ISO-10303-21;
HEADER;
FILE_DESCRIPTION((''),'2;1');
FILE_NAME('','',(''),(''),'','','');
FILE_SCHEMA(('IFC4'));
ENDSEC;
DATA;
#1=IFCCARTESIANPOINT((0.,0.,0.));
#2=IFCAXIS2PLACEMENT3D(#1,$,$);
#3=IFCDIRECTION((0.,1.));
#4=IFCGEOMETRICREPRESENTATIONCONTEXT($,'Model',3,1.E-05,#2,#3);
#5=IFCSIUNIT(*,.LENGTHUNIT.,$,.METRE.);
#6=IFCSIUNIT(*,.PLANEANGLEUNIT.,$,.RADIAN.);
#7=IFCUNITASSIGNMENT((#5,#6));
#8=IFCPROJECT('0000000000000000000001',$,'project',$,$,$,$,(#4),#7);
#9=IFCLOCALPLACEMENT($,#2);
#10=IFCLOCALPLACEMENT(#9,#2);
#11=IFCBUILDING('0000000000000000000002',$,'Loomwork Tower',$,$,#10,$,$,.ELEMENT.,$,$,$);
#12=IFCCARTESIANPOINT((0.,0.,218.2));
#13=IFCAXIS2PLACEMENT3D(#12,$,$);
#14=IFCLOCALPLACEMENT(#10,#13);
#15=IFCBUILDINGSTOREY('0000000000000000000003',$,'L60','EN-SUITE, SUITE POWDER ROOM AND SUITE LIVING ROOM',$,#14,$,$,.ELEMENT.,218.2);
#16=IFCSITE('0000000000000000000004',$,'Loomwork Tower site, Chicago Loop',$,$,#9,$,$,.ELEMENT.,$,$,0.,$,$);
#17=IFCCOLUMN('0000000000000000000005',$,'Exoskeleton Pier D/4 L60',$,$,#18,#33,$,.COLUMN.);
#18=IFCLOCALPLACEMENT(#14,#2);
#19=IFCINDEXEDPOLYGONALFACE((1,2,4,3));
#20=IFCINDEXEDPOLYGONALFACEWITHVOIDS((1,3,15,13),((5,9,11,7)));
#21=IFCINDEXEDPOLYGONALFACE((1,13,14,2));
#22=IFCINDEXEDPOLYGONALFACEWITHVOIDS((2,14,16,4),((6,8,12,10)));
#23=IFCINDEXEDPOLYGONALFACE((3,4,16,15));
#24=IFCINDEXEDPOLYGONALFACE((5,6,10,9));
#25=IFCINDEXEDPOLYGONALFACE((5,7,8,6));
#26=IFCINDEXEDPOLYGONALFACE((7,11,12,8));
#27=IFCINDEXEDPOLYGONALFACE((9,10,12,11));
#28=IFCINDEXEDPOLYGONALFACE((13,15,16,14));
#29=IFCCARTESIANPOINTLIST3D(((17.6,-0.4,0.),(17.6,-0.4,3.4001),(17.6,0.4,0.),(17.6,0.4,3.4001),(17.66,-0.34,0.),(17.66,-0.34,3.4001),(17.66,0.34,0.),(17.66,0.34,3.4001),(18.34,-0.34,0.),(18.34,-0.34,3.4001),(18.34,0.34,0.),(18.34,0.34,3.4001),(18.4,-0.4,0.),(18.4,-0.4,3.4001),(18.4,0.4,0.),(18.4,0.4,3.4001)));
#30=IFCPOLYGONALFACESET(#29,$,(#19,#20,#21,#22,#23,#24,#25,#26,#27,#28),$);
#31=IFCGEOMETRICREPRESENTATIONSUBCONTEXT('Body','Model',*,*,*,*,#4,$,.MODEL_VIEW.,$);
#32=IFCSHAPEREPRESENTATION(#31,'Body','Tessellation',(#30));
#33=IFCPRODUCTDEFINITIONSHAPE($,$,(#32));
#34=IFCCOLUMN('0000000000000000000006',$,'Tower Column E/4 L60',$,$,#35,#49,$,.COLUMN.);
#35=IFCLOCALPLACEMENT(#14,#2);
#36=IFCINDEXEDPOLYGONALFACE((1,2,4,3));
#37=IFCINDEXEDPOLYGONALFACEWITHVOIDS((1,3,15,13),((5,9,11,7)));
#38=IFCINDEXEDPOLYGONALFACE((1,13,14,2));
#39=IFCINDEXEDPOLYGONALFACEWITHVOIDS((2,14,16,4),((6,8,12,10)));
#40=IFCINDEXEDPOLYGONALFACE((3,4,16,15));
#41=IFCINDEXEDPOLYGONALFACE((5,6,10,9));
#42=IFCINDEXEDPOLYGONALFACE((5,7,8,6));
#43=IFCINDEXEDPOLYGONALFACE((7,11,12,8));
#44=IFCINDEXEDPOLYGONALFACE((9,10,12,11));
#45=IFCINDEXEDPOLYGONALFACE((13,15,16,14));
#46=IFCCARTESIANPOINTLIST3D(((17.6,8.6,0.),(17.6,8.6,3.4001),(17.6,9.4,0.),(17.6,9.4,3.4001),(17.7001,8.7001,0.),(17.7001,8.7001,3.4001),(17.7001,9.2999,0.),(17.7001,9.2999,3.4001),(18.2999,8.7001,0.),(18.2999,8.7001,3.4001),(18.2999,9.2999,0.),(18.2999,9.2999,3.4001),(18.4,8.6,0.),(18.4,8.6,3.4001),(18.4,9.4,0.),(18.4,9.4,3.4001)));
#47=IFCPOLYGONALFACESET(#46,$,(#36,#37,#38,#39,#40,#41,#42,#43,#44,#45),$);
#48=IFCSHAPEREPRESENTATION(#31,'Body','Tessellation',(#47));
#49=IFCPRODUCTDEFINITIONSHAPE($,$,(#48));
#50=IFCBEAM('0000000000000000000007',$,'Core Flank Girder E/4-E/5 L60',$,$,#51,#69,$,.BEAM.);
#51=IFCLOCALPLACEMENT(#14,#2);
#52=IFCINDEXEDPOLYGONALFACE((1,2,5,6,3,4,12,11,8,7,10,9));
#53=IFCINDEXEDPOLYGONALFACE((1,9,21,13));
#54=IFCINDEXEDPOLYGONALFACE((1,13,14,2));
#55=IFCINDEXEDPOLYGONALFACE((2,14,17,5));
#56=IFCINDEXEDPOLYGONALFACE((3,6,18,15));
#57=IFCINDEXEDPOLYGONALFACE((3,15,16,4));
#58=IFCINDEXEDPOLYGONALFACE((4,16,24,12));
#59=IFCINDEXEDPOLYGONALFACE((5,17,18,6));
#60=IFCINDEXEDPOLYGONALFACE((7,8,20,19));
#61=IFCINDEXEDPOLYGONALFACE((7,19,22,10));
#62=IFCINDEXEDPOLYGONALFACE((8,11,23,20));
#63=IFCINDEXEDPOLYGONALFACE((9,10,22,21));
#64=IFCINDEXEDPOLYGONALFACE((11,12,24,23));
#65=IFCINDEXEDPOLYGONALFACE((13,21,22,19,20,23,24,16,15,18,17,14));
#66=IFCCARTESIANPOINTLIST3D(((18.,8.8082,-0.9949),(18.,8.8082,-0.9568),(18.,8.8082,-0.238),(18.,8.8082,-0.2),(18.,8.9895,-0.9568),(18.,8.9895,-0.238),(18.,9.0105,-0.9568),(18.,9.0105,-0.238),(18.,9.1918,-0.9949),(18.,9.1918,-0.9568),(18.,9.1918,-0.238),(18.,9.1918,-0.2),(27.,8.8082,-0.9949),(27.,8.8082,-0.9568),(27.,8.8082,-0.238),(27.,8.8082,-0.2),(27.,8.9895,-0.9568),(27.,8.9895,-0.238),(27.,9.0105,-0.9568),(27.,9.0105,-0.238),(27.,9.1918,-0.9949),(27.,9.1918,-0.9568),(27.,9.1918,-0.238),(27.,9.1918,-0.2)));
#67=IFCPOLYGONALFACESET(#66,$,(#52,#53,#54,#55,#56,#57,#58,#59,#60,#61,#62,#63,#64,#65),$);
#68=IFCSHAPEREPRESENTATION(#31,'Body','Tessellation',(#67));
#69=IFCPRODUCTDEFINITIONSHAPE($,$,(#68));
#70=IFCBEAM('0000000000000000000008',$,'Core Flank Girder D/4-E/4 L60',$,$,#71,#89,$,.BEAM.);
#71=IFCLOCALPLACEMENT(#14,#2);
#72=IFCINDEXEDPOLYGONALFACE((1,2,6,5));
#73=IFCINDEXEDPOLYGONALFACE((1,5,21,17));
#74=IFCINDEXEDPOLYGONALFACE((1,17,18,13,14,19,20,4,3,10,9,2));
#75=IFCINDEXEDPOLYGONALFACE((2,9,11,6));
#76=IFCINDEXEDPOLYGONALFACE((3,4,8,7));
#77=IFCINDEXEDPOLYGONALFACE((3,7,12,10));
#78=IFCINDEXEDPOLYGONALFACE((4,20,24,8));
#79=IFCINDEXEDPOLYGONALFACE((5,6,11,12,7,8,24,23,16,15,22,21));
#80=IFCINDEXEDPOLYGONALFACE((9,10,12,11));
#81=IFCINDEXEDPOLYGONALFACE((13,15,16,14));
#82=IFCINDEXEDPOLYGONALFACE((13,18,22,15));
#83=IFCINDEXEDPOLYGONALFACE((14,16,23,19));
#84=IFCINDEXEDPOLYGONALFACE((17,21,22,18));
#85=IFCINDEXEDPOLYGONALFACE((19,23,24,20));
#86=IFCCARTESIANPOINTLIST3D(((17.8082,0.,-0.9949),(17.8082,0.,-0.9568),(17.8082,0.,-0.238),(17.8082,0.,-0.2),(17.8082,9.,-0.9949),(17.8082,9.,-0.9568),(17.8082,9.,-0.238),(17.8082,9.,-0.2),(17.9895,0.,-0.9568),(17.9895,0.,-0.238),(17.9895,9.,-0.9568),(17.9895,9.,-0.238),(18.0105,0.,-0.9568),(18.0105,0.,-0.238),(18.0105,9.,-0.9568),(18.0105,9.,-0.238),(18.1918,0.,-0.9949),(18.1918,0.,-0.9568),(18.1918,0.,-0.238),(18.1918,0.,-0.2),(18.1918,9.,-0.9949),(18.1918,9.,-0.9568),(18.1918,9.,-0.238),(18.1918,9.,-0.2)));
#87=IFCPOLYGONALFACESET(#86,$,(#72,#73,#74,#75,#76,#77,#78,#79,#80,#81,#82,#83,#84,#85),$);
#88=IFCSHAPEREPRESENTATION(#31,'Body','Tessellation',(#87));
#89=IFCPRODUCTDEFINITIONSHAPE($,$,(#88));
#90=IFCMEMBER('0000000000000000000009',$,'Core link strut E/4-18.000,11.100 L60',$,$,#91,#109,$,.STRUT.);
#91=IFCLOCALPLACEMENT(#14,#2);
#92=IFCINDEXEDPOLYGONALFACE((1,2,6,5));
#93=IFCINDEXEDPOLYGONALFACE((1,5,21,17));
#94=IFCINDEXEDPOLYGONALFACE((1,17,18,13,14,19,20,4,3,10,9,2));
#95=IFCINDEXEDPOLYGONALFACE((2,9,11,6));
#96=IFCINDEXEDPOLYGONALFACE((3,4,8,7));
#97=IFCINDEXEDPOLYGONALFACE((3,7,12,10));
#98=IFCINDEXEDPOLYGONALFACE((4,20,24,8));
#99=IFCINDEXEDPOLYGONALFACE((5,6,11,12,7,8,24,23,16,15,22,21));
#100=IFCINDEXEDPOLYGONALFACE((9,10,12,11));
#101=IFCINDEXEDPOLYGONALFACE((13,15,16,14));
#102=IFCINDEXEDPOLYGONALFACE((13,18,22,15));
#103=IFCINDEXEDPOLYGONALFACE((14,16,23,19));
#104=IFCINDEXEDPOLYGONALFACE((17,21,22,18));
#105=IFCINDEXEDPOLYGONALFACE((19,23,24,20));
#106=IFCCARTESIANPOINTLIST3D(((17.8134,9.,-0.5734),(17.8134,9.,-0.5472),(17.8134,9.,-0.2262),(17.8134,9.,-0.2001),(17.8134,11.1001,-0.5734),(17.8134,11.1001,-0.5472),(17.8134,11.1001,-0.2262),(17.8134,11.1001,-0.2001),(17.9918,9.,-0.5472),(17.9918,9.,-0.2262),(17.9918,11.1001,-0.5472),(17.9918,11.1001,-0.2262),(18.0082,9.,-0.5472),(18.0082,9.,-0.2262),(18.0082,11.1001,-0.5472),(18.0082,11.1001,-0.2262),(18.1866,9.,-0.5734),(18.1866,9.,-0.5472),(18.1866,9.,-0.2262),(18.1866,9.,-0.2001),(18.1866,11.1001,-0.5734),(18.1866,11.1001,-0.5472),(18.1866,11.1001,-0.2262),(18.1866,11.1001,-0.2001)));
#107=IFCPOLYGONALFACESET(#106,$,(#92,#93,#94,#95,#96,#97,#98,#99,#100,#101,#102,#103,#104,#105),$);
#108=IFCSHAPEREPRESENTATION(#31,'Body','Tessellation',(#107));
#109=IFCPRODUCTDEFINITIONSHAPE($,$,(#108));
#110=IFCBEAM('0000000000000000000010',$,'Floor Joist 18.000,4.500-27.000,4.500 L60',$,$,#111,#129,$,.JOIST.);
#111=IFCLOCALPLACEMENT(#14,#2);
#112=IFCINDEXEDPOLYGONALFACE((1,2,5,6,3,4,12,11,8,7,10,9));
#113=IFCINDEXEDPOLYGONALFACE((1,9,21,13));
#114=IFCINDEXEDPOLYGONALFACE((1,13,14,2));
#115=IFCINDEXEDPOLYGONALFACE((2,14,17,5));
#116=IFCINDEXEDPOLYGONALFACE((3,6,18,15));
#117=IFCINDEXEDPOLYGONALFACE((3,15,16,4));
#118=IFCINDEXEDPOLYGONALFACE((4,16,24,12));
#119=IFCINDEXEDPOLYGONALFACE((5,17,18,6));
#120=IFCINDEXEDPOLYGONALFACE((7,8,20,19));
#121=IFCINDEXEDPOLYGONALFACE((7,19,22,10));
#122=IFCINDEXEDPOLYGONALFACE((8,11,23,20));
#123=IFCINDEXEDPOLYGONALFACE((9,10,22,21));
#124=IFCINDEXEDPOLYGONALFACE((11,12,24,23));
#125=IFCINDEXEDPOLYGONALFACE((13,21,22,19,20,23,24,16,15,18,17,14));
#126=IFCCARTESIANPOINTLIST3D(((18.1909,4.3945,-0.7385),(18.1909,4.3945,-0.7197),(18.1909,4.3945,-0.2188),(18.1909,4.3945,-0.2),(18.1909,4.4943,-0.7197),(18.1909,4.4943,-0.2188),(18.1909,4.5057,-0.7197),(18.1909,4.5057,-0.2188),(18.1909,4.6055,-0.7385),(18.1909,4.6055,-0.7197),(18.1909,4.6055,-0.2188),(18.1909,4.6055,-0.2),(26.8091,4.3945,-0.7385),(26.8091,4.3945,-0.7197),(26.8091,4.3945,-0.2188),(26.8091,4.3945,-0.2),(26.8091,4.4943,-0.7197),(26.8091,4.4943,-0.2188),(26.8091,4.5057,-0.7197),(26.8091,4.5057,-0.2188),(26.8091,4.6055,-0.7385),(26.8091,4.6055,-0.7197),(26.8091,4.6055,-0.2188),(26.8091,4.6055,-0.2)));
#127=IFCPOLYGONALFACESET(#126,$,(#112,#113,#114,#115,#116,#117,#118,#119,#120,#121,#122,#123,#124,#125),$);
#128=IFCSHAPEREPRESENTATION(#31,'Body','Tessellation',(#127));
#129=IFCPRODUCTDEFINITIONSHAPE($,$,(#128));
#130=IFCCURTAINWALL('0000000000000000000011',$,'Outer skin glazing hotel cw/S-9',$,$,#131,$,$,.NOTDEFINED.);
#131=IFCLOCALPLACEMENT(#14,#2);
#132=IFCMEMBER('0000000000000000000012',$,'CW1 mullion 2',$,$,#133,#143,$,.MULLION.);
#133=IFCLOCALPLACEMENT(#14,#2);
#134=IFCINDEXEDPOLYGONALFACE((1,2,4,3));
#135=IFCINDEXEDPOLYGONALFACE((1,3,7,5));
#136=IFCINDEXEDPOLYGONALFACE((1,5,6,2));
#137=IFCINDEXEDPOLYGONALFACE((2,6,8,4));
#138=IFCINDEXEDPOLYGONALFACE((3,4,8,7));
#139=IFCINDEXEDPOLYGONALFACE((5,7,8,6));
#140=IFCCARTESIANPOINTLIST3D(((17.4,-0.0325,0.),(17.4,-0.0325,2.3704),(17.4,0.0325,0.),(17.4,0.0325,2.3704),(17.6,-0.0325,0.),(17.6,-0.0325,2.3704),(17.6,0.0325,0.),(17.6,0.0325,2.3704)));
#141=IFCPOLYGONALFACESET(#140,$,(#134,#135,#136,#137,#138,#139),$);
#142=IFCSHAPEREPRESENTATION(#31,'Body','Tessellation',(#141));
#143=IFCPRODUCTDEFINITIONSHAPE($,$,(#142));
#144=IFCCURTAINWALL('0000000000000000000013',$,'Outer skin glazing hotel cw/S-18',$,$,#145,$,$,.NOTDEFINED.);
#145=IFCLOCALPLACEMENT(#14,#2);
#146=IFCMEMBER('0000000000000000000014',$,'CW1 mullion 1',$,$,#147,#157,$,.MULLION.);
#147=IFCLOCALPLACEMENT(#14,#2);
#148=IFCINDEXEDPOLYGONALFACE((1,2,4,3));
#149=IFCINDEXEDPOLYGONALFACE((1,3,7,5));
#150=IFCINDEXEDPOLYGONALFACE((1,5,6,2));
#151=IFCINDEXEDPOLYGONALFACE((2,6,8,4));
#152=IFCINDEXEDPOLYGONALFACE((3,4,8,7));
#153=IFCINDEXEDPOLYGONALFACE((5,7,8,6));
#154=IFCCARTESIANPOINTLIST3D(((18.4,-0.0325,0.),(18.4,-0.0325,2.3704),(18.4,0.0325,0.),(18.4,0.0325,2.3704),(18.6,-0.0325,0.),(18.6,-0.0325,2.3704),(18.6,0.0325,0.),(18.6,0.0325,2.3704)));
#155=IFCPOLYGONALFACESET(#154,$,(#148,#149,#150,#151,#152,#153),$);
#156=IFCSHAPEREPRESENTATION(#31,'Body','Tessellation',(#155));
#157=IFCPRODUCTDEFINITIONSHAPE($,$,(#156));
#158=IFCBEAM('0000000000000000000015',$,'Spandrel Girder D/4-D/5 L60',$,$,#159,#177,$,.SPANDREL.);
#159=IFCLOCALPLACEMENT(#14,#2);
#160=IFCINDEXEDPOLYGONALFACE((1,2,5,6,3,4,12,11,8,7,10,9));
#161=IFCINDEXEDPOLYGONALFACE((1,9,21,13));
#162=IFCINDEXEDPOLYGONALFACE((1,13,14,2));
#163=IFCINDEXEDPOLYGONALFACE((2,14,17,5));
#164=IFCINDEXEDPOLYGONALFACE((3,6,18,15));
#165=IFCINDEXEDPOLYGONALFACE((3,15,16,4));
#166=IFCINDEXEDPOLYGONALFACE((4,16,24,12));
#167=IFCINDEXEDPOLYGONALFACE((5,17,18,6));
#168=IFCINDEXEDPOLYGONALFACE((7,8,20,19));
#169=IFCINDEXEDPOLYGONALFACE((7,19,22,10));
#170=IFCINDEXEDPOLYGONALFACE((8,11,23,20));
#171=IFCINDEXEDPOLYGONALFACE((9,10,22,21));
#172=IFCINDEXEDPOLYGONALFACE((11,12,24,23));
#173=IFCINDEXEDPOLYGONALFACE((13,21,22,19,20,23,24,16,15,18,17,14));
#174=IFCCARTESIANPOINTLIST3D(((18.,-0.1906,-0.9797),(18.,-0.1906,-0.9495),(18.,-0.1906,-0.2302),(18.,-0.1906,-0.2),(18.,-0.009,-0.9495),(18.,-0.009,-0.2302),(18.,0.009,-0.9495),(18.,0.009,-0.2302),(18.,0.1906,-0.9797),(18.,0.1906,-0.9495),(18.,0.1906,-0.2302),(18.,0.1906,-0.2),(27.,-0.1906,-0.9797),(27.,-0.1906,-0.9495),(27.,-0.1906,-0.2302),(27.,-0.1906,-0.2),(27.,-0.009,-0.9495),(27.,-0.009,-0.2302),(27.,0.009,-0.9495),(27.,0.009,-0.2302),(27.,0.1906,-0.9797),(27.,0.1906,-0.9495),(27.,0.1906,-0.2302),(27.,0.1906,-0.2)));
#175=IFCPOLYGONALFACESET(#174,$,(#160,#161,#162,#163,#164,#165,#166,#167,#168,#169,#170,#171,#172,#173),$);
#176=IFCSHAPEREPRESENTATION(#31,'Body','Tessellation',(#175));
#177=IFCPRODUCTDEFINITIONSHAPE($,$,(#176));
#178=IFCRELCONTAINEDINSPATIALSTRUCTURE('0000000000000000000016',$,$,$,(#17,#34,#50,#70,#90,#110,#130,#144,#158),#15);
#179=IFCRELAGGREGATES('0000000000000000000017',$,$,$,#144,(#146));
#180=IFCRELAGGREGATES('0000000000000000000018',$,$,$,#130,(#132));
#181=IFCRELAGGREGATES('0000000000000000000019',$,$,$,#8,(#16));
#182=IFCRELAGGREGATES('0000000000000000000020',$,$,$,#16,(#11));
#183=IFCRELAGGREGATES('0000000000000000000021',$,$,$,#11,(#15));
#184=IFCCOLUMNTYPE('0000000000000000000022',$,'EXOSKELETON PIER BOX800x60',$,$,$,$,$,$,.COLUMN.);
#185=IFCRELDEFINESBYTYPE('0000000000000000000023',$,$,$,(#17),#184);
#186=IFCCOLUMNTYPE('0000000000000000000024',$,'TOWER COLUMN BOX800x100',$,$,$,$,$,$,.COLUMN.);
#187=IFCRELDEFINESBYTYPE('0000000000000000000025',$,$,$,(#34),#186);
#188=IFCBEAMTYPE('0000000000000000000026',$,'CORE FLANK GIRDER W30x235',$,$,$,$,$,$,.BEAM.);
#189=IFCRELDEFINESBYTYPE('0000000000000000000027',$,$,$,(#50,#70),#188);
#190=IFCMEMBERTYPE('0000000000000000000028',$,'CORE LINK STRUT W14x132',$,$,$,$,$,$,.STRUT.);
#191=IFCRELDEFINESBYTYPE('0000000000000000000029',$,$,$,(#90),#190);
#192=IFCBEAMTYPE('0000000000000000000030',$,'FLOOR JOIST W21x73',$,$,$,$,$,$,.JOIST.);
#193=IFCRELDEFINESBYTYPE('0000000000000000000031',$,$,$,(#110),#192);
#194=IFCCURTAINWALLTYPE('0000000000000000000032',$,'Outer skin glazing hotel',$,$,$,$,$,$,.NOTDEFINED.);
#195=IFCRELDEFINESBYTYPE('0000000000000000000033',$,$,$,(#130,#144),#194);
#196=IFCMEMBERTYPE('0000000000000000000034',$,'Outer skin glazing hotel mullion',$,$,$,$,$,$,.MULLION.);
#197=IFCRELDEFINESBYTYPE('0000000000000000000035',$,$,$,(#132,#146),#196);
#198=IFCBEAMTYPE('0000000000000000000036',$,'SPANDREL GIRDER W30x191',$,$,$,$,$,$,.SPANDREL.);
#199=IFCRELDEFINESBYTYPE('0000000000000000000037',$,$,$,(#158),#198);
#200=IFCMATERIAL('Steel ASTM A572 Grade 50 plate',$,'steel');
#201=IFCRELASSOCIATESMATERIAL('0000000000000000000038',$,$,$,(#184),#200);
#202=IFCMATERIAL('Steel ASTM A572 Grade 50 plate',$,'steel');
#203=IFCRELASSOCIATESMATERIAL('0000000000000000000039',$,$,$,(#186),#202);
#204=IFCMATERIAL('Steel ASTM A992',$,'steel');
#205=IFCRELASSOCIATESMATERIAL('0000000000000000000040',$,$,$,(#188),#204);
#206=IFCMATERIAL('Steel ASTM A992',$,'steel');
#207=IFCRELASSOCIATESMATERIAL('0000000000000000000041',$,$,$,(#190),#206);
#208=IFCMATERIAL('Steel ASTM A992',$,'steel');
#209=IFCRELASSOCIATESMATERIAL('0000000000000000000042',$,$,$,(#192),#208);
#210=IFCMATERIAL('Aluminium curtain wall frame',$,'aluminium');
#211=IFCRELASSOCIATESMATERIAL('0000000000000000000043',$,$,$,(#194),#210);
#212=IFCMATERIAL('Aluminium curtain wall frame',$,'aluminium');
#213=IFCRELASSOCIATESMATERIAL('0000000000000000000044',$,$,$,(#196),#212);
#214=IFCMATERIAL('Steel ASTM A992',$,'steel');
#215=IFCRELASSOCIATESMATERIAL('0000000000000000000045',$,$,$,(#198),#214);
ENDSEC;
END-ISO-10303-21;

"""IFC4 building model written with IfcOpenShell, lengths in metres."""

from ifc_helpers import new_model, si_unit, direction, frame, origin, origin_2d, place, context, subcontext, project, spatial, rectangle, hollow_rectangle, i_section, extrude, material, material_profile, profile_set, type_object, element, aggregate, save


model = new_model("IFC4")

# Units and contexts
model_context = context("Model", 3, precision=1e-05, world=origin(), true_north=direction((0.0, 1.0)))
body_context = subcontext(model_context, "Body", "Model", "MODEL_VIEW")
ifc_project = project(units=[si_unit("LENGTHUNIT", "METRE"), si_unit("PLANEANGLEUNIT", "RADIAN")], contexts=[model_context])

# Site, building, storey
site_placement = place(None, origin())
site = spatial("IfcSite", under=ifc_project, at=site_placement, Name="Loomwork Tower site, Chicago Loop", CompositionType="ELEMENT", RefElevation=0.0)
building_placement = place(site_placement, origin())
building = spatial("IfcBuilding", under=site, at=building_placement, Name="Loomwork Tower", CompositionType="ELEMENT")
storey_placement = place(building_placement, frame((0.0, 0.0, 218.2)))
storey = spatial("IfcBuildingStorey", under=building, at=storey_placement, Name="L60", Description="EN-SUITE, SUITE POWDER ROOM AND SUITE LIVING ROOM", CompositionType="ELEMENT", Elevation=218.2)

# Columns
ifc_material_1 = material(Name="Steel ASTM A572 Grade 50 plate", Category="steel")
ifc_material_profile_1 = material_profile(ifc_material_1, hollow_rectangle(XDim=0.8, YDim=0.8, WallThickness=0.0601, at=origin_2d()), Name="BOX800x60")
ifc_profile_set_1 = profile_set([ifc_material_profile_1], Name="Steel ASTM A572 Grade 50 plate")
column_type_1 = type_object("IfcColumnType", Name="EXOSKELETON PIER BOX800x60", PredefinedType="COLUMN", material=ifc_profile_set_1)
column_1_placement = place(storey_placement, frame((18.0, 0.0, 0.0), z_axis=(0.0, 0.0, 1.0), x_axis=(1.0, 0.0, 0.0)))
element("IfcColumn", 1, at=column_1_placement, inside=storey, type_object=column_type_1, Name="Exoskeleton Pier D/4 L60", PredefinedType="COLUMN", context=body_context, shape_type="SweptSolid", body=[
    extrude(hollow_rectangle(XDim=0.8, YDim=0.8, WallThickness=0.0601, at=origin_2d()), origin(), (0.0, 0.0, 1.0), 3.4001),
])
ifc_material_2 = material(Name="Steel ASTM A572 Grade 50 plate", Category="steel")
ifc_material_profile_2 = material_profile(ifc_material_2, hollow_rectangle(XDim=0.8, YDim=0.8, WallThickness=0.1001, at=origin_2d()), Name="BOX800x100")
ifc_profile_set_2 = profile_set([ifc_material_profile_2], Name="Steel ASTM A572 Grade 50 plate")
column_type_2 = type_object("IfcColumnType", Name="TOWER COLUMN BOX800x100", PredefinedType="COLUMN", material=ifc_profile_set_2)
column_2_placement = place(storey_placement, frame((18.0, 9.0, 0.0), z_axis=(0.0, 0.0, 1.0), x_axis=(1.0, 0.0, 0.0)))
element("IfcColumn", 2, at=column_2_placement, inside=storey, type_object=column_type_2, Name="Tower Column E/4 L60", PredefinedType="COLUMN", context=body_context, shape_type="SweptSolid", body=[
    extrude(hollow_rectangle(XDim=0.8, YDim=0.8, WallThickness=0.1001, at=origin_2d()), origin(), (0.0, 0.0, 1.0), 3.4001),
])

# Beams
ifc_material_3 = material(Name="Steel ASTM A992", Category="steel")
ifc_material_profile_3 = material_profile(ifc_material_3, i_section(OverallWidth=0.3835, OverallDepth=0.7949, WebThickness=0.021, FlangeThickness=0.0381, at=origin_2d()), Name="W30x235")
ifc_profile_set_3 = profile_set([ifc_material_profile_3], Name="Steel ASTM A992")
beam_type_1 = type_object("IfcBeamType", Name="CORE FLANK GIRDER W30x235", PredefinedType="BEAM", material=ifc_profile_set_3)
for number, where, z_axis, x_axis, name in (
    (3, (18.0, 9.0, -0.5974), (1.0, 0.0, 0.0), (0.0, 1.0, 0.0), "Core Flank Girder E/4-E/5 L60"),
    (4, (18.0, 0.0, -0.5974), (0.0, 1.0, 0.0), (-1.0, 0.0, 0.0), "Core Flank Girder D/4-E/4 L60"),
):
    element("IfcBeam", number, at=place(storey_placement, frame(where, z_axis=z_axis, x_axis=x_axis)), inside=storey, type_object=beam_type_1, Name=name, PredefinedType="BEAM", context=body_context, shape_type="SweptSolid", body=[
        extrude(i_section(OverallWidth=0.3835, OverallDepth=0.7949, WebThickness=0.021, FlangeThickness=0.0381, at=origin_2d()), origin(), (0.0, 0.0, 1.0), 9.0),
    ])

# Member
ifc_material_4 = material(Name="Steel ASTM A992", Category="steel")
ifc_material_profile_4 = material_profile(ifc_material_4, i_section(OverallWidth=0.3733, OverallDepth=0.3733, WebThickness=0.0164, FlangeThickness=0.0261, at=origin_2d()), Name="W14x132")
ifc_profile_set_4 = profile_set([ifc_material_profile_4], Name="Steel ASTM A992")
member_type_1 = type_object("IfcMemberType", Name="CORE LINK STRUT W14x132", PredefinedType="STRUT", material=ifc_profile_set_4)
member_1_placement = place(storey_placement, frame((18.0, 9.0, -0.3867), z_axis=(0.0, 1.0, 0.0), x_axis=(-1.0, 0.0, 0.0)))
element("IfcMember", 5, at=member_1_placement, inside=storey, type_object=member_type_1, Name="Core link strut E/4-18.000,11.100 L60", PredefinedType="STRUT", context=body_context, shape_type="SweptSolid", body=[
    extrude(i_section(OverallWidth=0.3733, OverallDepth=0.3733, WebThickness=0.0164, FlangeThickness=0.0261, at=origin_2d()), origin(), (0.0, 0.0, 1.0), 2.1001),
])

# Beam
ifc_material_5 = material(Name="Steel ASTM A992", Category="steel")
ifc_material_profile_5 = material_profile(ifc_material_5, i_section(OverallWidth=0.2109, OverallDepth=0.5386, WebThickness=0.0115, FlangeThickness=0.0188, at=origin_2d()), Name="W21x73")
ifc_profile_set_5 = profile_set([ifc_material_profile_5], Name="Steel ASTM A992")
beam_type_2 = type_object("IfcBeamType", Name="FLOOR JOIST W21x73", PredefinedType="JOIST", material=ifc_profile_set_5)
beam_1_placement = place(storey_placement, frame((18.1909, 4.5, -0.4692), z_axis=(1.0, 0.0, 0.0), x_axis=(0.0, 1.0, 0.0)))
element("IfcBeam", 6, at=beam_1_placement, inside=storey, type_object=beam_type_2, Name="Floor Joist 18.000,4.500-27.000,4.500 L60", PredefinedType="JOIST", context=body_context, shape_type="SweptSolid", body=[
    extrude(i_section(OverallWidth=0.2109, OverallDepth=0.5386, WebThickness=0.0115, FlangeThickness=0.0188, at=origin_2d()), origin(), (0.0, 0.0, 1.0), 8.6182),
])

# Curtain walls, members
ifc_material_6 = material(Name="Aluminium curtain wall frame", Category="aluminium")
curtain_wall_type = type_object("IfcCurtainWallType", Name="Outer skin glazing hotel", PredefinedType="NOTDEFINED", material=ifc_material_6)
curtain_wall_1_placement = place(storey_placement, origin())
curtain_wall_1 = element("IfcCurtainWall", 7, at=curtain_wall_1_placement, inside=storey, type_object=curtain_wall_type, Name="Outer skin glazing hotel cw/S-9", PredefinedType="NOTDEFINED")
ifc_material_7 = material(Name="Aluminium curtain wall frame", Category="aluminium")
ifc_material_profile_6 = material_profile(ifc_material_7, rectangle(XDim=0.0649, YDim=0.2, at=origin_2d()), Name="AL 65x200")
ifc_profile_set_6 = profile_set([ifc_material_profile_6], Name="Aluminium curtain wall frame")
member_type_2 = type_object("IfcMemberType", Name="Outer skin glazing hotel mullion", PredefinedType="MULLION", material=ifc_profile_set_6)
member_2_placement = place(storey_placement, frame((17.5, 0.0, 0.0), z_axis=(0.0, 0.0, 1.0), x_axis=(0.0, 1.0, 0.0)))
member_2 = element("IfcMember", 8, at=member_2_placement, type_object=member_type_2, Name="CW1 mullion 2", PredefinedType="MULLION", context=body_context, shape_type="SweptSolid", body=[
    extrude(rectangle(XDim=0.0649, YDim=0.2, at=origin_2d()), origin(), (0.0, 0.0, 1.0), 2.3704),
])
curtain_wall_2_placement = place(storey_placement, origin())
curtain_wall_2 = element("IfcCurtainWall", 9, at=curtain_wall_2_placement, inside=storey, type_object=curtain_wall_type, Name="Outer skin glazing hotel cw/S-18", PredefinedType="NOTDEFINED")
member_3_placement = place(storey_placement, frame((18.5, 0.0, 0.0), z_axis=(0.0, 0.0, 1.0), x_axis=(0.0, 1.0, 0.0)))
member_3 = element("IfcMember", 10, at=member_3_placement, type_object=member_type_2, Name="CW1 mullion 1", PredefinedType="MULLION", context=body_context, shape_type="SweptSolid", body=[
    extrude(rectangle(XDim=0.0649, YDim=0.2, at=origin_2d()), origin(), (0.0, 0.0, 1.0), 2.3704),
])
aggregate(curtain_wall_2, [member_3])

# Beam
ifc_material_8 = material(Name="Steel ASTM A992", Category="steel")
ifc_material_profile_7 = material_profile(ifc_material_8, i_section(OverallWidth=0.3811, OverallDepth=0.7798, WebThickness=0.0181, FlangeThickness=0.0303, at=origin_2d()), Name="W30x191")
ifc_profile_set_7 = profile_set([ifc_material_profile_7], Name="Steel ASTM A992")
beam_type_3 = type_object("IfcBeamType", Name="SPANDREL GIRDER W30x191", PredefinedType="SPANDREL", material=ifc_profile_set_7)
beam_2_placement = place(storey_placement, frame((18.0, 0.0, -0.5898), z_axis=(1.0, 0.0, 0.0), x_axis=(0.0, 1.0, 0.0)))
element("IfcBeam", 11, at=beam_2_placement, inside=storey, type_object=beam_type_3, Name="Spandrel Girder D/4-D/5 L60", PredefinedType="SPANDREL", context=body_context, shape_type="SweptSolid", body=[
    extrude(i_section(OverallWidth=0.3811, OverallDepth=0.7798, WebThickness=0.0181, FlangeThickness=0.0303, at=origin_2d()), origin(), (0.0, 0.0, 1.0), 9.0),
])

aggregate(curtain_wall_1, [member_2])

save(model, "model.ifc")
